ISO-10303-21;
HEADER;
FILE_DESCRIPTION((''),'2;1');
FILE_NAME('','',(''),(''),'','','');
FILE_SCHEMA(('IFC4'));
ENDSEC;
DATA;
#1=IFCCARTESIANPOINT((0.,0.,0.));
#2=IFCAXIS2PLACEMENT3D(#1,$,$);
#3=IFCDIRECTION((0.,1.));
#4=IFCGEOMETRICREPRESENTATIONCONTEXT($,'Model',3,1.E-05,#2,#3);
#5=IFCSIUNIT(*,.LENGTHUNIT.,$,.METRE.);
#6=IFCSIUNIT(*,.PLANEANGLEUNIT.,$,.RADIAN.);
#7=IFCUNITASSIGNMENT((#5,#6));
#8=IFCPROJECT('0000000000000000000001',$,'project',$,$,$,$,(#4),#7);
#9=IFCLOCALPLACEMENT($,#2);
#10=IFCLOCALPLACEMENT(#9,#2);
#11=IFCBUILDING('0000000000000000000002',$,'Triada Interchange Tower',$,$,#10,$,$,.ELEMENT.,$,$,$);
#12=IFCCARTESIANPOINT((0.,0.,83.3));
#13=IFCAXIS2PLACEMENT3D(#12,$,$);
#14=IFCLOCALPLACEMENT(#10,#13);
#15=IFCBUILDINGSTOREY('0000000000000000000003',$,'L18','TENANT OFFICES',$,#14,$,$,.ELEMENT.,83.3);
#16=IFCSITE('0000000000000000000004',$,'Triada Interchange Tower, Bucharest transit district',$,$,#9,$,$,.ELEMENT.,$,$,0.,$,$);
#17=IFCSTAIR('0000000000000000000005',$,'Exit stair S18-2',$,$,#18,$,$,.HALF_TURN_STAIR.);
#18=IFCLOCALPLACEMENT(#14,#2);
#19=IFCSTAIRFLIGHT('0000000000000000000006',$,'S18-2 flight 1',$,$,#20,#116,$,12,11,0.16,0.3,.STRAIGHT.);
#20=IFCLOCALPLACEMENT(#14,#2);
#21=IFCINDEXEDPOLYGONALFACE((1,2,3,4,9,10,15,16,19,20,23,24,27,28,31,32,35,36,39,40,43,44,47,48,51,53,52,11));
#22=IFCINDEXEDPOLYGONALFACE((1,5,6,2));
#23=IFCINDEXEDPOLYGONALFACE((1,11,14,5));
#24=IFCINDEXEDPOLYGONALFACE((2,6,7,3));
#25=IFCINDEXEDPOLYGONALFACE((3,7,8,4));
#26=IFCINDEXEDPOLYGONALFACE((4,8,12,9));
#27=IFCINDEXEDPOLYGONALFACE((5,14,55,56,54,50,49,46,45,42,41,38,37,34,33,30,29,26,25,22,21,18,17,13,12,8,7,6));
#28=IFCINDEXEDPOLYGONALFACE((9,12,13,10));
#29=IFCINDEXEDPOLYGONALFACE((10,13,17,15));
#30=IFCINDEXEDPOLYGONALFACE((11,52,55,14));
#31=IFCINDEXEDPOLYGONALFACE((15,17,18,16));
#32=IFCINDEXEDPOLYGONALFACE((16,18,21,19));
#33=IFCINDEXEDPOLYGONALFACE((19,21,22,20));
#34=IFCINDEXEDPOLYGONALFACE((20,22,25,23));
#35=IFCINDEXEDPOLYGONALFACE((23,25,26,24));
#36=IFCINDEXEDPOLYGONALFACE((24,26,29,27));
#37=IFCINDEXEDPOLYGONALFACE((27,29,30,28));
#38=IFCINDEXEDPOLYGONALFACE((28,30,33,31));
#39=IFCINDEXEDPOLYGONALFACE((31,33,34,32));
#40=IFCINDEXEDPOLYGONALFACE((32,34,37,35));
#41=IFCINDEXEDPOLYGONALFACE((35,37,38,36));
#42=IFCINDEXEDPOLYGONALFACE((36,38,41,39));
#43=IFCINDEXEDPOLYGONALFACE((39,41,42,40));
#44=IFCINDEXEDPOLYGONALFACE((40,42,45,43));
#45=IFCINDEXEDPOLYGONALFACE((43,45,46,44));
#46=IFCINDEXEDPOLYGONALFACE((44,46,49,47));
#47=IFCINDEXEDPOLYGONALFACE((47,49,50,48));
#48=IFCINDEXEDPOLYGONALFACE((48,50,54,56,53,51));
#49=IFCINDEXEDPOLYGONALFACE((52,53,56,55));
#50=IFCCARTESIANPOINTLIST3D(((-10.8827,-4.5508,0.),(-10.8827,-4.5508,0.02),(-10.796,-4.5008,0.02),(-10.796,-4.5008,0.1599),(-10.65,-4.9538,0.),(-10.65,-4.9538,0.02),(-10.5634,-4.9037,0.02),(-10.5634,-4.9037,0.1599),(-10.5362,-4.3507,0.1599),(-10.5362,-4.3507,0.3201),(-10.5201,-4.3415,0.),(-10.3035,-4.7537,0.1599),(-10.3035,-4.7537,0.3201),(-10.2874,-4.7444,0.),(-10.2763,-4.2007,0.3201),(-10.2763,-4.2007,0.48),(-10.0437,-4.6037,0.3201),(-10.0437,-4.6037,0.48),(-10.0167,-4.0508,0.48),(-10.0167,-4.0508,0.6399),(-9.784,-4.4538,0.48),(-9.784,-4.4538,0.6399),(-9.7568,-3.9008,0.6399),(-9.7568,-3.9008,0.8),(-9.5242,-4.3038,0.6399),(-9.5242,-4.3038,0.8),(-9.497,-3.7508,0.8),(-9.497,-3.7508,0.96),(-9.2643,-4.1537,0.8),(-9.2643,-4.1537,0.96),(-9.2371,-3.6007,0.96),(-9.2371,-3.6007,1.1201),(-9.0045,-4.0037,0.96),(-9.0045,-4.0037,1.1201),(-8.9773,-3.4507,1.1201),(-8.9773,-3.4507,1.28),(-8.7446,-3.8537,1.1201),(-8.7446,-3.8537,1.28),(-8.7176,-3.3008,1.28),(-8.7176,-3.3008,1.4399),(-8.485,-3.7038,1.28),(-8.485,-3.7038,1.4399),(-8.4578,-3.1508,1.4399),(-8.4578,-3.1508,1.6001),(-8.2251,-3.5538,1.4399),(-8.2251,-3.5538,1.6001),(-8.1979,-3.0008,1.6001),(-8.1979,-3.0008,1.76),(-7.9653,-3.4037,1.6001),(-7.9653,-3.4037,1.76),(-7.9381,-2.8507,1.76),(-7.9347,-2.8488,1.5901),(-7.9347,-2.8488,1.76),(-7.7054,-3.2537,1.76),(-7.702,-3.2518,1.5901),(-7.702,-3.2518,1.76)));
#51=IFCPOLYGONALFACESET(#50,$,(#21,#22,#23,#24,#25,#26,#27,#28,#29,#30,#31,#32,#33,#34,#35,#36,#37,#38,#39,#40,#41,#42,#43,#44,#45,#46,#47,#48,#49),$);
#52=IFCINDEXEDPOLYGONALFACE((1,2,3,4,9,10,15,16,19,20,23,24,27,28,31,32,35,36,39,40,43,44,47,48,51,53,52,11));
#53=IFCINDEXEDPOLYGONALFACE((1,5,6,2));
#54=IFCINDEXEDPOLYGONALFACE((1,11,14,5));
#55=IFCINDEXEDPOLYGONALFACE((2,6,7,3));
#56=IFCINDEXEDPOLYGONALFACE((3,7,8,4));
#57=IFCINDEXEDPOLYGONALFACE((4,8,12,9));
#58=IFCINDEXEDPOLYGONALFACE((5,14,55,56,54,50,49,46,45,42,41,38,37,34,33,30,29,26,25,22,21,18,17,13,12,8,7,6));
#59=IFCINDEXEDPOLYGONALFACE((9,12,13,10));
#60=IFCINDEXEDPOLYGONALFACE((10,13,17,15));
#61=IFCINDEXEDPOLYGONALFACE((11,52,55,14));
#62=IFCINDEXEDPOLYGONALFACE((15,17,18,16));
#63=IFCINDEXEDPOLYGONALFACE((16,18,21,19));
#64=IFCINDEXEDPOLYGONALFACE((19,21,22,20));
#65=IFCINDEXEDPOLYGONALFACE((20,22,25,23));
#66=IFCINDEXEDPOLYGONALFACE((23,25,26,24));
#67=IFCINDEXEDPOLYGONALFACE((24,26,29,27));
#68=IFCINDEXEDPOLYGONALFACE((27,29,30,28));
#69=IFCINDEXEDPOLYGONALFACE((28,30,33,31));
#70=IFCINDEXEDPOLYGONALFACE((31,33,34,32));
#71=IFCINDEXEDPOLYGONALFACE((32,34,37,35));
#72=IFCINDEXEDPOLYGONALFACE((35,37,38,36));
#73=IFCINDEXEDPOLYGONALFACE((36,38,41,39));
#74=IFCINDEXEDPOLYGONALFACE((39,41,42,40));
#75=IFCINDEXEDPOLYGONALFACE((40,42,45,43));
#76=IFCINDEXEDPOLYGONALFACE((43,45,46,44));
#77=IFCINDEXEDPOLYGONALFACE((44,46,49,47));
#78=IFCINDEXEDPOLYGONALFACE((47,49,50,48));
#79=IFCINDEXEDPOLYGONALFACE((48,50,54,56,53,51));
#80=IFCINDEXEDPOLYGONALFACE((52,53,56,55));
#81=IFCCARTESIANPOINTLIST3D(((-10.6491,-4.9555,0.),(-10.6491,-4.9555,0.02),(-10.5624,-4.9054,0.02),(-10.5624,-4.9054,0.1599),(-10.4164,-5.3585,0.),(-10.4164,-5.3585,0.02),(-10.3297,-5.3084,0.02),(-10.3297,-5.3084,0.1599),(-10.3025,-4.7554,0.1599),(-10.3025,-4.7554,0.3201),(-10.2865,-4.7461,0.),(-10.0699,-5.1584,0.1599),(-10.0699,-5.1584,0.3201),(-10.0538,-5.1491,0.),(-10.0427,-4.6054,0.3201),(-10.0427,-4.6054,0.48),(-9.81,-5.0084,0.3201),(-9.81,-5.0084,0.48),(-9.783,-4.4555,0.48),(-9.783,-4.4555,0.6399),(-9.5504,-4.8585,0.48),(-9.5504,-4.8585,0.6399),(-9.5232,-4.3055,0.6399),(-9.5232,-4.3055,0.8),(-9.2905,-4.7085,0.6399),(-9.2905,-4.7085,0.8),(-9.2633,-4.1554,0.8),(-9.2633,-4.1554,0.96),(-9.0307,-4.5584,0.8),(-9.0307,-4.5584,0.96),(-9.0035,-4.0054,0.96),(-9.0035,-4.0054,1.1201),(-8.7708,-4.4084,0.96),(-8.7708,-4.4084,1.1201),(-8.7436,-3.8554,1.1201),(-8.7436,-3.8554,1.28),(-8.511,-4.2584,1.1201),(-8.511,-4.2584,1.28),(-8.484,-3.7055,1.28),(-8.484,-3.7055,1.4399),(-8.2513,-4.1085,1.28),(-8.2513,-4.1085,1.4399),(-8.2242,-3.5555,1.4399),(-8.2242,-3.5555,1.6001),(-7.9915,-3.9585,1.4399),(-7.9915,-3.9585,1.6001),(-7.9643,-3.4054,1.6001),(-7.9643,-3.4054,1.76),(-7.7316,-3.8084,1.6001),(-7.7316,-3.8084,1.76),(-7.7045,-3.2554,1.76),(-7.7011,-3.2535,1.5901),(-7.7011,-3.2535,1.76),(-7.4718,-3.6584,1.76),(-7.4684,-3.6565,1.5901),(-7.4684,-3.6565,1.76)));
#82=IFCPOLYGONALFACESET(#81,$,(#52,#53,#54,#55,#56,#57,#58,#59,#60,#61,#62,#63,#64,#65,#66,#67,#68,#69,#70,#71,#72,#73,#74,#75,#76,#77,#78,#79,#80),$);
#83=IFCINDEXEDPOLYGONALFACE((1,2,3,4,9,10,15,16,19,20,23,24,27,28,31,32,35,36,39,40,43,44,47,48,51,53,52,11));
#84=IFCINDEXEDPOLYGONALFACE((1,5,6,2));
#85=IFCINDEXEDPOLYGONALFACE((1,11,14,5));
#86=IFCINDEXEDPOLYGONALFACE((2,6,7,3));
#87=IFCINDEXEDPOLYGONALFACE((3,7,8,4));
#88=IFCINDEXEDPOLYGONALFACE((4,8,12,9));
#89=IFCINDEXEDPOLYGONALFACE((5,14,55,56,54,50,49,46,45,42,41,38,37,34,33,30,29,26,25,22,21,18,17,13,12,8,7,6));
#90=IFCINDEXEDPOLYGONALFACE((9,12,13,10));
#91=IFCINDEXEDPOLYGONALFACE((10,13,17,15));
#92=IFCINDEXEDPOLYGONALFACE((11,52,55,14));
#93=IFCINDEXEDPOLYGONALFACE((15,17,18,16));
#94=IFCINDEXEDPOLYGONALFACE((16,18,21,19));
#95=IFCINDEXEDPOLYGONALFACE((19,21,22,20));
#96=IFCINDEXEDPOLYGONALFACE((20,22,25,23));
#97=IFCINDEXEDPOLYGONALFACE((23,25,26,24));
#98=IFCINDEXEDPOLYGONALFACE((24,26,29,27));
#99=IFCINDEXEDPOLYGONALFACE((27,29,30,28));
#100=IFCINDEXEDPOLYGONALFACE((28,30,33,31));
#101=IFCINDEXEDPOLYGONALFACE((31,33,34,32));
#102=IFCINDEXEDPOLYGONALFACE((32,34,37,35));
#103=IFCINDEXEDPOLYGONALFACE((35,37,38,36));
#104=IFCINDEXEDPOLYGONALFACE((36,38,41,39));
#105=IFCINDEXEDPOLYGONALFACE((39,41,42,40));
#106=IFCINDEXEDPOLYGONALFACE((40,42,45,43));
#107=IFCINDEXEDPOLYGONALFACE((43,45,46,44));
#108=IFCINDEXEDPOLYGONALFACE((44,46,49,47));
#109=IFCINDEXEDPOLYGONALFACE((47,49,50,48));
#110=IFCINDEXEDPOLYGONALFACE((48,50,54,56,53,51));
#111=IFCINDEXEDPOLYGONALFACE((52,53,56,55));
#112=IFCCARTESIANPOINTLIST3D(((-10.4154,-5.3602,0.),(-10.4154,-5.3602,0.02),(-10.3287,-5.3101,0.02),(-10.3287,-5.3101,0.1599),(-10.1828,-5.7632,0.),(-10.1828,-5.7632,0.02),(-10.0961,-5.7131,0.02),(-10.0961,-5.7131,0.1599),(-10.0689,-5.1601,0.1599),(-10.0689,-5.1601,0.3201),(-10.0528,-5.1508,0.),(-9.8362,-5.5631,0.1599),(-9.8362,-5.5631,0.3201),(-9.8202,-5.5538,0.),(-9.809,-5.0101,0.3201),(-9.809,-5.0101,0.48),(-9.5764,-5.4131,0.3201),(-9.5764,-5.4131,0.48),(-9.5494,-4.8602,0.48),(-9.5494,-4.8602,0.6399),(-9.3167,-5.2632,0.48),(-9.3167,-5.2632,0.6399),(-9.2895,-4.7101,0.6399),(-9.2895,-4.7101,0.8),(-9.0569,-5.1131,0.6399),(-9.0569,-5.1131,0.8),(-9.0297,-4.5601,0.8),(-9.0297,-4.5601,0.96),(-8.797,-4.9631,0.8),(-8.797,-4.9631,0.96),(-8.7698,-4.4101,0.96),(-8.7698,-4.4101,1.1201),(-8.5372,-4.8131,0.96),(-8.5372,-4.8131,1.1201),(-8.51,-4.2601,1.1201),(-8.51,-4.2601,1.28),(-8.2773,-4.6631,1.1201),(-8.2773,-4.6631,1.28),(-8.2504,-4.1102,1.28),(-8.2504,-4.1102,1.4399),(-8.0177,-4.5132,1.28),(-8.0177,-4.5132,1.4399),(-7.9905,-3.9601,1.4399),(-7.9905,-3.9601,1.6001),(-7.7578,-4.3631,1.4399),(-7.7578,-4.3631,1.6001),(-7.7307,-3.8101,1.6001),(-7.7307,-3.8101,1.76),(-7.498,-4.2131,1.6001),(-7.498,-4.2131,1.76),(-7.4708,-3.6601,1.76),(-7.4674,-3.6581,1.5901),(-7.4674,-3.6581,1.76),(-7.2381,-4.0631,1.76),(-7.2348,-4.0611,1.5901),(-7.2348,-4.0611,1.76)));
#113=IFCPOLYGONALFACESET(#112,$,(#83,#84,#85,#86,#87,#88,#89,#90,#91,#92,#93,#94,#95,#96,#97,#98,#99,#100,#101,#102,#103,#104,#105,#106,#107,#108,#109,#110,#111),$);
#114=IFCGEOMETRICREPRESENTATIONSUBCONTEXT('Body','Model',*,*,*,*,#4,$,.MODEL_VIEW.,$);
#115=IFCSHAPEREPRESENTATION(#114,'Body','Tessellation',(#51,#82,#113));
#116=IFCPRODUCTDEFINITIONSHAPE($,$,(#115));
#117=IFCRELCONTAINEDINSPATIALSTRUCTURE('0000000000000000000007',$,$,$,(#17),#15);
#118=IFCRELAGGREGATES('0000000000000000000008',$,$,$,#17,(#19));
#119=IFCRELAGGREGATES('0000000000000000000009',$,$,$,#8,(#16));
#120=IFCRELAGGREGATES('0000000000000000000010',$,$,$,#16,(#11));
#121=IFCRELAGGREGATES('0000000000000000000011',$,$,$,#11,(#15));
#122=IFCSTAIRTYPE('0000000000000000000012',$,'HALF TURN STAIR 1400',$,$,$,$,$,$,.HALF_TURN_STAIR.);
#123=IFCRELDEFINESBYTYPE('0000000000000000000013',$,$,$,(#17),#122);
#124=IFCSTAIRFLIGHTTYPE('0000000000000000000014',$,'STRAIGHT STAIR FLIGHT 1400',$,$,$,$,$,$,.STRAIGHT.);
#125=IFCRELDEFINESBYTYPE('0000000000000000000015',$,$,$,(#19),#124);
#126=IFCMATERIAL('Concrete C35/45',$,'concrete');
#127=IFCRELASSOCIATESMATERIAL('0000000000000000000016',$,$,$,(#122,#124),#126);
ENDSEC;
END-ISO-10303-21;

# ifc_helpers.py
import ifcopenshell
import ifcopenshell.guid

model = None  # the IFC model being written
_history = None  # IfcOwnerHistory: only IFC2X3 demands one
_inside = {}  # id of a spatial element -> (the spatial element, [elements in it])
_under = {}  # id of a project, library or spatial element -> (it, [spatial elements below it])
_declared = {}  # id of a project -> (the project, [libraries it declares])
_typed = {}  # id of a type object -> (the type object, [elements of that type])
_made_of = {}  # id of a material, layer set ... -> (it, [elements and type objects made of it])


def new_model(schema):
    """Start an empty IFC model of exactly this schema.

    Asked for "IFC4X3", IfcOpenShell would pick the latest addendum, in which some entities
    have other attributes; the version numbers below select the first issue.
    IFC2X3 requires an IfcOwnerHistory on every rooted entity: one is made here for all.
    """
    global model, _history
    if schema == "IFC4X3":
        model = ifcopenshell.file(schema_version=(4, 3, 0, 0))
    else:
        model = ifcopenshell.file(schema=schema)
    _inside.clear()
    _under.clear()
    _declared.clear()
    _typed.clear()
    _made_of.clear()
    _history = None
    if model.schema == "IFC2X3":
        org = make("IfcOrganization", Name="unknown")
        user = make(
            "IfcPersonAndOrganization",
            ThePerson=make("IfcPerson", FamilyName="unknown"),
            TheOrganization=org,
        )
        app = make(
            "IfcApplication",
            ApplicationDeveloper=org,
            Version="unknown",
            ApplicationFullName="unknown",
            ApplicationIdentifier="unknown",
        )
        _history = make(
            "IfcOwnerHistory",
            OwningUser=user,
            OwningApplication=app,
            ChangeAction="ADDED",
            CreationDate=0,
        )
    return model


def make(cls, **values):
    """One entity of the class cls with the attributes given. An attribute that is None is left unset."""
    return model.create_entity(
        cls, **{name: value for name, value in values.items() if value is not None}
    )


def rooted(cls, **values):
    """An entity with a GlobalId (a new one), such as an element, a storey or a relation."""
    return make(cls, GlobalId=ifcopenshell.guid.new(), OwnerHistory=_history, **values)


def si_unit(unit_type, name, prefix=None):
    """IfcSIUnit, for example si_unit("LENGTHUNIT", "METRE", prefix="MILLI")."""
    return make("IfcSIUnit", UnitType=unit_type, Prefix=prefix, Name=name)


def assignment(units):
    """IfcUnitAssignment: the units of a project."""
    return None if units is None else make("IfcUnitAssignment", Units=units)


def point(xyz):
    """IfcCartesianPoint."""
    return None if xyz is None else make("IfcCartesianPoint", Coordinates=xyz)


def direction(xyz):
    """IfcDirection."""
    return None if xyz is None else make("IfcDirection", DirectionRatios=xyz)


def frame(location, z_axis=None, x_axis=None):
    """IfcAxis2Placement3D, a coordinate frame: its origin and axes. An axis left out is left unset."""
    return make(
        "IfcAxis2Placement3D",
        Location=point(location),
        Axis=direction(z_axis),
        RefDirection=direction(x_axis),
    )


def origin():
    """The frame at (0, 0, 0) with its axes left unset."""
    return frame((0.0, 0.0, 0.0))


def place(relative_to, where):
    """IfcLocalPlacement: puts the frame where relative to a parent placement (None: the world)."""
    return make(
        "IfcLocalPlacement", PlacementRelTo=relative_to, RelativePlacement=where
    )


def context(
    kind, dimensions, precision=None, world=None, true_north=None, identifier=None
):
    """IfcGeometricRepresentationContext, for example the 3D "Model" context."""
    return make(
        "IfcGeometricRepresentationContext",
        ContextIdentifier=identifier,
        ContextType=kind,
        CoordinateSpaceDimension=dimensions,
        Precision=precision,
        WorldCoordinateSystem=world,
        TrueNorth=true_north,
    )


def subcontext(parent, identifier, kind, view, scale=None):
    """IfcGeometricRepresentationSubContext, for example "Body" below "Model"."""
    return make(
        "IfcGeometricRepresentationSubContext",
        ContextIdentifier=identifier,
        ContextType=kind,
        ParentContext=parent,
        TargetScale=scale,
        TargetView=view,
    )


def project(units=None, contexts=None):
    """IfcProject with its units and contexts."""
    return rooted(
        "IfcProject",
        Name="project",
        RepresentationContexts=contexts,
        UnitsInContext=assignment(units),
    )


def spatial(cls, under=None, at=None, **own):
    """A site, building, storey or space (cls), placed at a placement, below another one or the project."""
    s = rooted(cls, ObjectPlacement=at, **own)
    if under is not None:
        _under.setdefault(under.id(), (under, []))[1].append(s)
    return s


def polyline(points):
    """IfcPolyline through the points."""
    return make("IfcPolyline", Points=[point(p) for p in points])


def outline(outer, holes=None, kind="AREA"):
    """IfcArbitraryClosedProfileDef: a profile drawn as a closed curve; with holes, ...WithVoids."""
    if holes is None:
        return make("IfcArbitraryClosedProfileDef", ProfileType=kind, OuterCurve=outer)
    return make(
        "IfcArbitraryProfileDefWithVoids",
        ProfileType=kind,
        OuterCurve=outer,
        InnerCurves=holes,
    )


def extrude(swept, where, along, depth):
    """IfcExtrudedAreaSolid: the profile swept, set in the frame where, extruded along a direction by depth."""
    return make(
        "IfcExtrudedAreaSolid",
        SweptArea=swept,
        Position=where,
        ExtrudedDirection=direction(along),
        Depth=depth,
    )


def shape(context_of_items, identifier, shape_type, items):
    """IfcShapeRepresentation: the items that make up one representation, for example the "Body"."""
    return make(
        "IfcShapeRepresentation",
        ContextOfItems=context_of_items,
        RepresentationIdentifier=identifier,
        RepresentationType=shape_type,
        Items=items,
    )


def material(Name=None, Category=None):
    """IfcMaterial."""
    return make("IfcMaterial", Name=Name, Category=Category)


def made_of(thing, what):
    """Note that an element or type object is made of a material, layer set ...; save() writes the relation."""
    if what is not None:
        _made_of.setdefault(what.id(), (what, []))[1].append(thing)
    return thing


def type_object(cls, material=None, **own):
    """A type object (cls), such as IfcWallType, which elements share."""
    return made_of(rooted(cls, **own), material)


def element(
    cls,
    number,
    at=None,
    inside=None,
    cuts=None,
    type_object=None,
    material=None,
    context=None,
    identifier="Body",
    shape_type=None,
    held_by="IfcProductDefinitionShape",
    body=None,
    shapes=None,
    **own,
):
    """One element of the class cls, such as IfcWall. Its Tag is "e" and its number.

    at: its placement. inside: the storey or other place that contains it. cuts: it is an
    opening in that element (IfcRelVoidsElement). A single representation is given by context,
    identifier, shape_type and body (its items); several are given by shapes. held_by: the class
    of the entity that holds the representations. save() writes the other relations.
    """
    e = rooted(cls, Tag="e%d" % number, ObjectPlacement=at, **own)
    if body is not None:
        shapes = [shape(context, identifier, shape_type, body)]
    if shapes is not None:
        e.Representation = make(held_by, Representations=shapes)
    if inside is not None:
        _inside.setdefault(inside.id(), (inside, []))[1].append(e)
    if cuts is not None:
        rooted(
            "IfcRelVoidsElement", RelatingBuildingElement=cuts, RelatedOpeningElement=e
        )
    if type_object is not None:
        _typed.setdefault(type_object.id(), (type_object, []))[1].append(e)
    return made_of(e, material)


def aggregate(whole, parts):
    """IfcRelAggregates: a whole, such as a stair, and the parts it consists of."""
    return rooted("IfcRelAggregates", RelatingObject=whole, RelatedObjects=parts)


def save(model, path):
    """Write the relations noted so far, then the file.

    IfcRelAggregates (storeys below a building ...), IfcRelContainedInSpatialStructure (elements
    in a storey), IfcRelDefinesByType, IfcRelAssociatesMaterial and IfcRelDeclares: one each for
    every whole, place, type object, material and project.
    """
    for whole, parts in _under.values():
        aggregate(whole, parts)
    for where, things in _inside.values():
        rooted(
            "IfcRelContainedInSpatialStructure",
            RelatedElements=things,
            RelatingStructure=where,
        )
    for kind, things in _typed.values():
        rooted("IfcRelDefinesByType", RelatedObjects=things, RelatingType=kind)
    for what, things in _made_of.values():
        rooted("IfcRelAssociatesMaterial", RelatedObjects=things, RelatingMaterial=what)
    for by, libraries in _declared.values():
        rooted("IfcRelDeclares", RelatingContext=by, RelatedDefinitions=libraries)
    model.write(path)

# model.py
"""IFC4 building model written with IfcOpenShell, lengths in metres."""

from ifc_helpers import new_model, si_unit, direction, frame, origin, place, context, subcontext, project, spatial, polyline, outline, extrude, material, type_object, element, aggregate, save


model = new_model("IFC4")

# Units and contexts
model_context = context("Model", 3, precision=1e-05, world=origin(), true_north=direction((0.0, 1.0)))
body_context = subcontext(model_context, "Body", "Model", "MODEL_VIEW")
ifc_project = project(units=[si_unit("LENGTHUNIT", "METRE"), si_unit("PLANEANGLEUNIT", "RADIAN")], contexts=[model_context])

# Site, building, storey
site_placement = place(None, origin())
site = spatial("IfcSite", under=ifc_project, at=site_placement, Name="Triada Interchange Tower, Bucharest transit district", CompositionType="ELEMENT", RefElevation=0.0)
building_placement = place(site_placement, origin())
building = spatial("IfcBuilding", under=site, at=building_placement, Name="Triada Interchange Tower", CompositionType="ELEMENT")
storey_placement = place(building_placement, frame((0.0, 0.0, 83.3)))
storey = spatial("IfcBuildingStorey", under=building, at=storey_placement, Name="L18", Description="TENANT OFFICES", CompositionType="ELEMENT", Elevation=83.3)

# Stair, stair flight
ifc_material_1 = material(Name="Concrete C35/45", Category="concrete")
stair_type = type_object("IfcStairType", Name="HALF TURN STAIR 1400", PredefinedType="HALF_TURN_STAIR", material=ifc_material_1)
stair_placement = place(storey_placement, origin())
stair = element("IfcStair", 1, at=stair_placement, inside=storey, type_object=stair_type, Name="Exit stair S18-2", PredefinedType="HALF_TURN_STAIR")
stair_flight_type = type_object("IfcStairFlightType", Name="STRAIGHT STAIR FLIGHT 1400", PredefinedType="STRAIGHT", material=ifc_material_1)
stair_flight_1_placement = place(storey_placement, frame((-10.446, -5.1069, 0.0), z_axis=(0.0, 0.0, 1.0), x_axis=(0.866025, 0.5, 0.0)))
stair_flight_1 = element("IfcStairFlight", 2, at=stair_flight_1_placement, type_object=stair_flight_type, Name="S18-2 flight 1", NumberOfRisers=12, NumberOfTreads=11, PredefinedType="STRAIGHT", RiserHeight=0.16, TreadLength=0.3, context=body_context, shape_type="SweptSolid", body=[
    extrude(outline(polyline([(-0.1001, 0.0), (-0.1001, 0.02), (0.0, 0.02), (0.0, 0.1599), (0.3, 0.1599), (0.3, 0.3201), (0.6001, 0.3201), (0.6001, 0.48), (0.8999, 0.48), (0.8999, 0.6399), (1.2, 0.6399), (1.2, 0.8), (1.5, 0.8), (1.5, 0.96), (1.8, 0.96), (1.8, 1.1201), (2.1001, 1.1201), (2.1001, 1.28), (2.3999, 1.28), (2.3999, 1.4399), (2.7, 1.4399), (2.7, 1.6001), (3.0, 1.6001), (3.0, 1.76), (3.3, 1.76), (3.304, 1.76), (3.304, 1.9199), (3.304, 1.5901), (0.3186, 0.0), (-0.1001, 0.0)])), frame((0.0, 0.7, 0.0), z_axis=(0.0, -1.0, 0.0), x_axis=(1.0, 0.0, 0.0)), (0.0, 0.0, 1.0), 0.4653),
    extrude(outline(polyline([(-0.1001, 0.0), (-0.1001, 0.02), (0.0, 0.02), (0.0, 0.1599), (0.3, 0.1599), (0.3, 0.3201), (0.6001, 0.3201), (0.6001, 0.48), (0.8999, 0.48), (0.8999, 0.6399), (1.2, 0.6399), (1.2, 0.8), (1.5, 0.8), (1.5, 0.96), (1.8, 0.96), (1.8, 1.1201), (2.1001, 1.1201), (2.1001, 1.28), (2.3999, 1.28), (2.3999, 1.4399), (2.7, 1.4399), (2.7, 1.6001), (3.0, 1.6001), (3.0, 1.76), (3.3, 1.76), (3.304, 1.76), (3.304, 1.9199), (3.304, 1.5901), (0.3186, 0.0), (-0.1001, 0.0)])), frame((0.0, 0.2327, 0.0), z_axis=(0.0, -1.0, 0.0), x_axis=(1.0, 0.0, 0.0)), (0.0, 0.0, 1.0), 0.4653),
    extrude(outline(polyline([(-0.1001, 0.0), (-0.1001, 0.02), (0.0, 0.02), (0.0, 0.1599), (0.3, 0.1599), (0.3, 0.3201), (0.6001, 0.3201), (0.6001, 0.48), (0.8999, 0.48), (0.8999, 0.6399), (1.2, 0.6399), (1.2, 0.8), (1.5, 0.8), (1.5, 0.96), (1.8, 0.96), (1.8, 1.1201), (2.1001, 1.1201), (2.1001, 1.28), (2.3999, 1.28), (2.3999, 1.4399), (2.7, 1.4399), (2.7, 1.6001), (3.0, 1.6001), (3.0, 1.76), (3.3, 1.76), (3.304, 1.76), (3.304, 1.9199), (3.304, 1.5901), (0.3186, 0.0), (-0.1001, 0.0)])), frame((0.0, -0.2346, 0.0), z_axis=(0.0, -1.0, 0.0), x_axis=(1.0, 0.0, 0.0)), (0.0, 0.0, 1.0), 0.4653),
])

aggregate(stair, [stair_flight_1])

save(model, "model.ifc")
